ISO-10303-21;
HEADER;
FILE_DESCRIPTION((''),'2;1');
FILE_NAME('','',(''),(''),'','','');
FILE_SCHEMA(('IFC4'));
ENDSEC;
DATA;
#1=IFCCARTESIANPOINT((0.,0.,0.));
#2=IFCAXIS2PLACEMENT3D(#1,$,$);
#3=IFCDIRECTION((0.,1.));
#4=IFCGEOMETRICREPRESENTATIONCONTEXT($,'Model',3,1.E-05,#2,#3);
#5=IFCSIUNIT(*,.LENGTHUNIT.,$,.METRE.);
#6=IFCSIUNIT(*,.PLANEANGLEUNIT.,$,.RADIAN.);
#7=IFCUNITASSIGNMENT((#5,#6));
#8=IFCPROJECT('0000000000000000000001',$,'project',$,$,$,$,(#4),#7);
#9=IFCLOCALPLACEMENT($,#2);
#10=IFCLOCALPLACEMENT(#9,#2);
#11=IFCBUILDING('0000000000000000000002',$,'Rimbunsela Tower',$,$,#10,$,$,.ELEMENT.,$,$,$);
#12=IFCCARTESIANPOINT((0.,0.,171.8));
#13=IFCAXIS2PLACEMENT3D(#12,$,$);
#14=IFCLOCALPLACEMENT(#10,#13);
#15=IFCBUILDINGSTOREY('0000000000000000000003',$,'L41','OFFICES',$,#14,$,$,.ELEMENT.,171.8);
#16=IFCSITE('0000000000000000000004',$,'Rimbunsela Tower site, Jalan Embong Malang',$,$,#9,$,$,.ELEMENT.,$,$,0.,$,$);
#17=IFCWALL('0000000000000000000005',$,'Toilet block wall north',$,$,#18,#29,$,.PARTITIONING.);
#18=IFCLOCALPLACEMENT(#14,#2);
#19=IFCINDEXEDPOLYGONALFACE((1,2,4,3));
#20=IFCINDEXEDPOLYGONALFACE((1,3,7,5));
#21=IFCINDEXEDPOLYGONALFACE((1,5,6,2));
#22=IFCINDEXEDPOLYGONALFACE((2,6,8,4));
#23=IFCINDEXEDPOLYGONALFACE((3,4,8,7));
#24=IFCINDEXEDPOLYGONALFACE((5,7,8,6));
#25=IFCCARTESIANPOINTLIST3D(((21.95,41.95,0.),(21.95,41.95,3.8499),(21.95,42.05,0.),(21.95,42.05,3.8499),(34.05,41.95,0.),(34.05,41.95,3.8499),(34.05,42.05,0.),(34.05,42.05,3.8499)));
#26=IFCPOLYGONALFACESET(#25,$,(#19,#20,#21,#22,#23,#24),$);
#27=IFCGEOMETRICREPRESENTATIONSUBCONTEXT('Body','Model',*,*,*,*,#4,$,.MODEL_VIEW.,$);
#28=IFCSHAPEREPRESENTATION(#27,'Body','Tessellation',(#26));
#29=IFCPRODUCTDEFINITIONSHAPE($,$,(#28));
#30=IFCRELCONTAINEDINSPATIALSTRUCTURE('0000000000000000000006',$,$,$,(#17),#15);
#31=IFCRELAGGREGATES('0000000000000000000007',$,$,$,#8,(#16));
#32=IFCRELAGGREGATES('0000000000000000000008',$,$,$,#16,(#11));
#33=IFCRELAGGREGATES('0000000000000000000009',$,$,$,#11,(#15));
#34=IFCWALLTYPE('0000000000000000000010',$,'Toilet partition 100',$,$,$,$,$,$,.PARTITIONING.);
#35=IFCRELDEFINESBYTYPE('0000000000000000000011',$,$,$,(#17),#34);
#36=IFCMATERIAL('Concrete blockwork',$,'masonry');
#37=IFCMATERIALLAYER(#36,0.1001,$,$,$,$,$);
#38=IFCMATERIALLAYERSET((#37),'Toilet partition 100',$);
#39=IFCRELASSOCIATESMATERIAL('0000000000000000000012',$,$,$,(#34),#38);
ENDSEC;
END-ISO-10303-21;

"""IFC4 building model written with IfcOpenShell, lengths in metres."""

from ifc_helpers import new_model, si_unit, direction, frame, frame_2d, origin, place, context, subcontext, project, spatial, rectangle, extrude, material, layer, layer_set, type_object, element, save


model = new_model("IFC4")

# Units and contexts
model_context = context("Model", 3, precision=1e-05, world=origin(), true_north=direction((0.0, 1.0)))
body_context = subcontext(model_context, "Body", "Model", "MODEL_VIEW")
ifc_project = project(units=[si_unit("LENGTHUNIT", "METRE"), si_unit("PLANEANGLEUNIT", "RADIAN")], contexts=[model_context])

# Site, building, storey
site_placement = place(None, origin())
site = spatial("IfcSite", under=ifc_project, at=site_placement, Name="Rimbunsela Tower site, Jalan Embong Malang", CompositionType="ELEMENT", RefElevation=0.0)
building_placement = place(site_placement, origin())
building = spatial("IfcBuilding", under=site, at=building_placement, Name="Rimbunsela Tower", CompositionType="ELEMENT")
storey_placement = place(building_placement, frame((0.0, 0.0, 171.8)))
storey = spatial("IfcBuildingStorey", under=building, at=storey_placement, Name="L41", Description="OFFICES", CompositionType="ELEMENT", Elevation=171.8)

# Wall
ifc_material_1 = material(Name="Concrete blockwork", Category="masonry")
ifc_layer_1 = layer(ifc_material_1, 0.1001)
ifc_layer_set_1 = layer_set([ifc_layer_1], Name="Toilet partition 100")
wall_type_1 = type_object("IfcWallType", Name="Toilet partition 100", PredefinedType="PARTITIONING", material=ifc_layer_set_1)
wall_1_placement = place(storey_placement, frame((21.95, 42.0, 0.0), z_axis=(0.0, 0.0, 1.0), x_axis=(1.0, 0.0, 0.0)))
element("IfcWall", 1, at=wall_1_placement, inside=storey, type_object=wall_type_1, Name="Toilet block wall north", PredefinedType="PARTITIONING", context=body_context, shape_type="SweptSolid", body=[
    extrude(rectangle(XDim=12.1001, YDim=0.1001, at=frame_2d((6.05, 0.0))), origin(), (0.0, 0.0, 1.0), 3.8499),
])

save(model, "model.ifc")
